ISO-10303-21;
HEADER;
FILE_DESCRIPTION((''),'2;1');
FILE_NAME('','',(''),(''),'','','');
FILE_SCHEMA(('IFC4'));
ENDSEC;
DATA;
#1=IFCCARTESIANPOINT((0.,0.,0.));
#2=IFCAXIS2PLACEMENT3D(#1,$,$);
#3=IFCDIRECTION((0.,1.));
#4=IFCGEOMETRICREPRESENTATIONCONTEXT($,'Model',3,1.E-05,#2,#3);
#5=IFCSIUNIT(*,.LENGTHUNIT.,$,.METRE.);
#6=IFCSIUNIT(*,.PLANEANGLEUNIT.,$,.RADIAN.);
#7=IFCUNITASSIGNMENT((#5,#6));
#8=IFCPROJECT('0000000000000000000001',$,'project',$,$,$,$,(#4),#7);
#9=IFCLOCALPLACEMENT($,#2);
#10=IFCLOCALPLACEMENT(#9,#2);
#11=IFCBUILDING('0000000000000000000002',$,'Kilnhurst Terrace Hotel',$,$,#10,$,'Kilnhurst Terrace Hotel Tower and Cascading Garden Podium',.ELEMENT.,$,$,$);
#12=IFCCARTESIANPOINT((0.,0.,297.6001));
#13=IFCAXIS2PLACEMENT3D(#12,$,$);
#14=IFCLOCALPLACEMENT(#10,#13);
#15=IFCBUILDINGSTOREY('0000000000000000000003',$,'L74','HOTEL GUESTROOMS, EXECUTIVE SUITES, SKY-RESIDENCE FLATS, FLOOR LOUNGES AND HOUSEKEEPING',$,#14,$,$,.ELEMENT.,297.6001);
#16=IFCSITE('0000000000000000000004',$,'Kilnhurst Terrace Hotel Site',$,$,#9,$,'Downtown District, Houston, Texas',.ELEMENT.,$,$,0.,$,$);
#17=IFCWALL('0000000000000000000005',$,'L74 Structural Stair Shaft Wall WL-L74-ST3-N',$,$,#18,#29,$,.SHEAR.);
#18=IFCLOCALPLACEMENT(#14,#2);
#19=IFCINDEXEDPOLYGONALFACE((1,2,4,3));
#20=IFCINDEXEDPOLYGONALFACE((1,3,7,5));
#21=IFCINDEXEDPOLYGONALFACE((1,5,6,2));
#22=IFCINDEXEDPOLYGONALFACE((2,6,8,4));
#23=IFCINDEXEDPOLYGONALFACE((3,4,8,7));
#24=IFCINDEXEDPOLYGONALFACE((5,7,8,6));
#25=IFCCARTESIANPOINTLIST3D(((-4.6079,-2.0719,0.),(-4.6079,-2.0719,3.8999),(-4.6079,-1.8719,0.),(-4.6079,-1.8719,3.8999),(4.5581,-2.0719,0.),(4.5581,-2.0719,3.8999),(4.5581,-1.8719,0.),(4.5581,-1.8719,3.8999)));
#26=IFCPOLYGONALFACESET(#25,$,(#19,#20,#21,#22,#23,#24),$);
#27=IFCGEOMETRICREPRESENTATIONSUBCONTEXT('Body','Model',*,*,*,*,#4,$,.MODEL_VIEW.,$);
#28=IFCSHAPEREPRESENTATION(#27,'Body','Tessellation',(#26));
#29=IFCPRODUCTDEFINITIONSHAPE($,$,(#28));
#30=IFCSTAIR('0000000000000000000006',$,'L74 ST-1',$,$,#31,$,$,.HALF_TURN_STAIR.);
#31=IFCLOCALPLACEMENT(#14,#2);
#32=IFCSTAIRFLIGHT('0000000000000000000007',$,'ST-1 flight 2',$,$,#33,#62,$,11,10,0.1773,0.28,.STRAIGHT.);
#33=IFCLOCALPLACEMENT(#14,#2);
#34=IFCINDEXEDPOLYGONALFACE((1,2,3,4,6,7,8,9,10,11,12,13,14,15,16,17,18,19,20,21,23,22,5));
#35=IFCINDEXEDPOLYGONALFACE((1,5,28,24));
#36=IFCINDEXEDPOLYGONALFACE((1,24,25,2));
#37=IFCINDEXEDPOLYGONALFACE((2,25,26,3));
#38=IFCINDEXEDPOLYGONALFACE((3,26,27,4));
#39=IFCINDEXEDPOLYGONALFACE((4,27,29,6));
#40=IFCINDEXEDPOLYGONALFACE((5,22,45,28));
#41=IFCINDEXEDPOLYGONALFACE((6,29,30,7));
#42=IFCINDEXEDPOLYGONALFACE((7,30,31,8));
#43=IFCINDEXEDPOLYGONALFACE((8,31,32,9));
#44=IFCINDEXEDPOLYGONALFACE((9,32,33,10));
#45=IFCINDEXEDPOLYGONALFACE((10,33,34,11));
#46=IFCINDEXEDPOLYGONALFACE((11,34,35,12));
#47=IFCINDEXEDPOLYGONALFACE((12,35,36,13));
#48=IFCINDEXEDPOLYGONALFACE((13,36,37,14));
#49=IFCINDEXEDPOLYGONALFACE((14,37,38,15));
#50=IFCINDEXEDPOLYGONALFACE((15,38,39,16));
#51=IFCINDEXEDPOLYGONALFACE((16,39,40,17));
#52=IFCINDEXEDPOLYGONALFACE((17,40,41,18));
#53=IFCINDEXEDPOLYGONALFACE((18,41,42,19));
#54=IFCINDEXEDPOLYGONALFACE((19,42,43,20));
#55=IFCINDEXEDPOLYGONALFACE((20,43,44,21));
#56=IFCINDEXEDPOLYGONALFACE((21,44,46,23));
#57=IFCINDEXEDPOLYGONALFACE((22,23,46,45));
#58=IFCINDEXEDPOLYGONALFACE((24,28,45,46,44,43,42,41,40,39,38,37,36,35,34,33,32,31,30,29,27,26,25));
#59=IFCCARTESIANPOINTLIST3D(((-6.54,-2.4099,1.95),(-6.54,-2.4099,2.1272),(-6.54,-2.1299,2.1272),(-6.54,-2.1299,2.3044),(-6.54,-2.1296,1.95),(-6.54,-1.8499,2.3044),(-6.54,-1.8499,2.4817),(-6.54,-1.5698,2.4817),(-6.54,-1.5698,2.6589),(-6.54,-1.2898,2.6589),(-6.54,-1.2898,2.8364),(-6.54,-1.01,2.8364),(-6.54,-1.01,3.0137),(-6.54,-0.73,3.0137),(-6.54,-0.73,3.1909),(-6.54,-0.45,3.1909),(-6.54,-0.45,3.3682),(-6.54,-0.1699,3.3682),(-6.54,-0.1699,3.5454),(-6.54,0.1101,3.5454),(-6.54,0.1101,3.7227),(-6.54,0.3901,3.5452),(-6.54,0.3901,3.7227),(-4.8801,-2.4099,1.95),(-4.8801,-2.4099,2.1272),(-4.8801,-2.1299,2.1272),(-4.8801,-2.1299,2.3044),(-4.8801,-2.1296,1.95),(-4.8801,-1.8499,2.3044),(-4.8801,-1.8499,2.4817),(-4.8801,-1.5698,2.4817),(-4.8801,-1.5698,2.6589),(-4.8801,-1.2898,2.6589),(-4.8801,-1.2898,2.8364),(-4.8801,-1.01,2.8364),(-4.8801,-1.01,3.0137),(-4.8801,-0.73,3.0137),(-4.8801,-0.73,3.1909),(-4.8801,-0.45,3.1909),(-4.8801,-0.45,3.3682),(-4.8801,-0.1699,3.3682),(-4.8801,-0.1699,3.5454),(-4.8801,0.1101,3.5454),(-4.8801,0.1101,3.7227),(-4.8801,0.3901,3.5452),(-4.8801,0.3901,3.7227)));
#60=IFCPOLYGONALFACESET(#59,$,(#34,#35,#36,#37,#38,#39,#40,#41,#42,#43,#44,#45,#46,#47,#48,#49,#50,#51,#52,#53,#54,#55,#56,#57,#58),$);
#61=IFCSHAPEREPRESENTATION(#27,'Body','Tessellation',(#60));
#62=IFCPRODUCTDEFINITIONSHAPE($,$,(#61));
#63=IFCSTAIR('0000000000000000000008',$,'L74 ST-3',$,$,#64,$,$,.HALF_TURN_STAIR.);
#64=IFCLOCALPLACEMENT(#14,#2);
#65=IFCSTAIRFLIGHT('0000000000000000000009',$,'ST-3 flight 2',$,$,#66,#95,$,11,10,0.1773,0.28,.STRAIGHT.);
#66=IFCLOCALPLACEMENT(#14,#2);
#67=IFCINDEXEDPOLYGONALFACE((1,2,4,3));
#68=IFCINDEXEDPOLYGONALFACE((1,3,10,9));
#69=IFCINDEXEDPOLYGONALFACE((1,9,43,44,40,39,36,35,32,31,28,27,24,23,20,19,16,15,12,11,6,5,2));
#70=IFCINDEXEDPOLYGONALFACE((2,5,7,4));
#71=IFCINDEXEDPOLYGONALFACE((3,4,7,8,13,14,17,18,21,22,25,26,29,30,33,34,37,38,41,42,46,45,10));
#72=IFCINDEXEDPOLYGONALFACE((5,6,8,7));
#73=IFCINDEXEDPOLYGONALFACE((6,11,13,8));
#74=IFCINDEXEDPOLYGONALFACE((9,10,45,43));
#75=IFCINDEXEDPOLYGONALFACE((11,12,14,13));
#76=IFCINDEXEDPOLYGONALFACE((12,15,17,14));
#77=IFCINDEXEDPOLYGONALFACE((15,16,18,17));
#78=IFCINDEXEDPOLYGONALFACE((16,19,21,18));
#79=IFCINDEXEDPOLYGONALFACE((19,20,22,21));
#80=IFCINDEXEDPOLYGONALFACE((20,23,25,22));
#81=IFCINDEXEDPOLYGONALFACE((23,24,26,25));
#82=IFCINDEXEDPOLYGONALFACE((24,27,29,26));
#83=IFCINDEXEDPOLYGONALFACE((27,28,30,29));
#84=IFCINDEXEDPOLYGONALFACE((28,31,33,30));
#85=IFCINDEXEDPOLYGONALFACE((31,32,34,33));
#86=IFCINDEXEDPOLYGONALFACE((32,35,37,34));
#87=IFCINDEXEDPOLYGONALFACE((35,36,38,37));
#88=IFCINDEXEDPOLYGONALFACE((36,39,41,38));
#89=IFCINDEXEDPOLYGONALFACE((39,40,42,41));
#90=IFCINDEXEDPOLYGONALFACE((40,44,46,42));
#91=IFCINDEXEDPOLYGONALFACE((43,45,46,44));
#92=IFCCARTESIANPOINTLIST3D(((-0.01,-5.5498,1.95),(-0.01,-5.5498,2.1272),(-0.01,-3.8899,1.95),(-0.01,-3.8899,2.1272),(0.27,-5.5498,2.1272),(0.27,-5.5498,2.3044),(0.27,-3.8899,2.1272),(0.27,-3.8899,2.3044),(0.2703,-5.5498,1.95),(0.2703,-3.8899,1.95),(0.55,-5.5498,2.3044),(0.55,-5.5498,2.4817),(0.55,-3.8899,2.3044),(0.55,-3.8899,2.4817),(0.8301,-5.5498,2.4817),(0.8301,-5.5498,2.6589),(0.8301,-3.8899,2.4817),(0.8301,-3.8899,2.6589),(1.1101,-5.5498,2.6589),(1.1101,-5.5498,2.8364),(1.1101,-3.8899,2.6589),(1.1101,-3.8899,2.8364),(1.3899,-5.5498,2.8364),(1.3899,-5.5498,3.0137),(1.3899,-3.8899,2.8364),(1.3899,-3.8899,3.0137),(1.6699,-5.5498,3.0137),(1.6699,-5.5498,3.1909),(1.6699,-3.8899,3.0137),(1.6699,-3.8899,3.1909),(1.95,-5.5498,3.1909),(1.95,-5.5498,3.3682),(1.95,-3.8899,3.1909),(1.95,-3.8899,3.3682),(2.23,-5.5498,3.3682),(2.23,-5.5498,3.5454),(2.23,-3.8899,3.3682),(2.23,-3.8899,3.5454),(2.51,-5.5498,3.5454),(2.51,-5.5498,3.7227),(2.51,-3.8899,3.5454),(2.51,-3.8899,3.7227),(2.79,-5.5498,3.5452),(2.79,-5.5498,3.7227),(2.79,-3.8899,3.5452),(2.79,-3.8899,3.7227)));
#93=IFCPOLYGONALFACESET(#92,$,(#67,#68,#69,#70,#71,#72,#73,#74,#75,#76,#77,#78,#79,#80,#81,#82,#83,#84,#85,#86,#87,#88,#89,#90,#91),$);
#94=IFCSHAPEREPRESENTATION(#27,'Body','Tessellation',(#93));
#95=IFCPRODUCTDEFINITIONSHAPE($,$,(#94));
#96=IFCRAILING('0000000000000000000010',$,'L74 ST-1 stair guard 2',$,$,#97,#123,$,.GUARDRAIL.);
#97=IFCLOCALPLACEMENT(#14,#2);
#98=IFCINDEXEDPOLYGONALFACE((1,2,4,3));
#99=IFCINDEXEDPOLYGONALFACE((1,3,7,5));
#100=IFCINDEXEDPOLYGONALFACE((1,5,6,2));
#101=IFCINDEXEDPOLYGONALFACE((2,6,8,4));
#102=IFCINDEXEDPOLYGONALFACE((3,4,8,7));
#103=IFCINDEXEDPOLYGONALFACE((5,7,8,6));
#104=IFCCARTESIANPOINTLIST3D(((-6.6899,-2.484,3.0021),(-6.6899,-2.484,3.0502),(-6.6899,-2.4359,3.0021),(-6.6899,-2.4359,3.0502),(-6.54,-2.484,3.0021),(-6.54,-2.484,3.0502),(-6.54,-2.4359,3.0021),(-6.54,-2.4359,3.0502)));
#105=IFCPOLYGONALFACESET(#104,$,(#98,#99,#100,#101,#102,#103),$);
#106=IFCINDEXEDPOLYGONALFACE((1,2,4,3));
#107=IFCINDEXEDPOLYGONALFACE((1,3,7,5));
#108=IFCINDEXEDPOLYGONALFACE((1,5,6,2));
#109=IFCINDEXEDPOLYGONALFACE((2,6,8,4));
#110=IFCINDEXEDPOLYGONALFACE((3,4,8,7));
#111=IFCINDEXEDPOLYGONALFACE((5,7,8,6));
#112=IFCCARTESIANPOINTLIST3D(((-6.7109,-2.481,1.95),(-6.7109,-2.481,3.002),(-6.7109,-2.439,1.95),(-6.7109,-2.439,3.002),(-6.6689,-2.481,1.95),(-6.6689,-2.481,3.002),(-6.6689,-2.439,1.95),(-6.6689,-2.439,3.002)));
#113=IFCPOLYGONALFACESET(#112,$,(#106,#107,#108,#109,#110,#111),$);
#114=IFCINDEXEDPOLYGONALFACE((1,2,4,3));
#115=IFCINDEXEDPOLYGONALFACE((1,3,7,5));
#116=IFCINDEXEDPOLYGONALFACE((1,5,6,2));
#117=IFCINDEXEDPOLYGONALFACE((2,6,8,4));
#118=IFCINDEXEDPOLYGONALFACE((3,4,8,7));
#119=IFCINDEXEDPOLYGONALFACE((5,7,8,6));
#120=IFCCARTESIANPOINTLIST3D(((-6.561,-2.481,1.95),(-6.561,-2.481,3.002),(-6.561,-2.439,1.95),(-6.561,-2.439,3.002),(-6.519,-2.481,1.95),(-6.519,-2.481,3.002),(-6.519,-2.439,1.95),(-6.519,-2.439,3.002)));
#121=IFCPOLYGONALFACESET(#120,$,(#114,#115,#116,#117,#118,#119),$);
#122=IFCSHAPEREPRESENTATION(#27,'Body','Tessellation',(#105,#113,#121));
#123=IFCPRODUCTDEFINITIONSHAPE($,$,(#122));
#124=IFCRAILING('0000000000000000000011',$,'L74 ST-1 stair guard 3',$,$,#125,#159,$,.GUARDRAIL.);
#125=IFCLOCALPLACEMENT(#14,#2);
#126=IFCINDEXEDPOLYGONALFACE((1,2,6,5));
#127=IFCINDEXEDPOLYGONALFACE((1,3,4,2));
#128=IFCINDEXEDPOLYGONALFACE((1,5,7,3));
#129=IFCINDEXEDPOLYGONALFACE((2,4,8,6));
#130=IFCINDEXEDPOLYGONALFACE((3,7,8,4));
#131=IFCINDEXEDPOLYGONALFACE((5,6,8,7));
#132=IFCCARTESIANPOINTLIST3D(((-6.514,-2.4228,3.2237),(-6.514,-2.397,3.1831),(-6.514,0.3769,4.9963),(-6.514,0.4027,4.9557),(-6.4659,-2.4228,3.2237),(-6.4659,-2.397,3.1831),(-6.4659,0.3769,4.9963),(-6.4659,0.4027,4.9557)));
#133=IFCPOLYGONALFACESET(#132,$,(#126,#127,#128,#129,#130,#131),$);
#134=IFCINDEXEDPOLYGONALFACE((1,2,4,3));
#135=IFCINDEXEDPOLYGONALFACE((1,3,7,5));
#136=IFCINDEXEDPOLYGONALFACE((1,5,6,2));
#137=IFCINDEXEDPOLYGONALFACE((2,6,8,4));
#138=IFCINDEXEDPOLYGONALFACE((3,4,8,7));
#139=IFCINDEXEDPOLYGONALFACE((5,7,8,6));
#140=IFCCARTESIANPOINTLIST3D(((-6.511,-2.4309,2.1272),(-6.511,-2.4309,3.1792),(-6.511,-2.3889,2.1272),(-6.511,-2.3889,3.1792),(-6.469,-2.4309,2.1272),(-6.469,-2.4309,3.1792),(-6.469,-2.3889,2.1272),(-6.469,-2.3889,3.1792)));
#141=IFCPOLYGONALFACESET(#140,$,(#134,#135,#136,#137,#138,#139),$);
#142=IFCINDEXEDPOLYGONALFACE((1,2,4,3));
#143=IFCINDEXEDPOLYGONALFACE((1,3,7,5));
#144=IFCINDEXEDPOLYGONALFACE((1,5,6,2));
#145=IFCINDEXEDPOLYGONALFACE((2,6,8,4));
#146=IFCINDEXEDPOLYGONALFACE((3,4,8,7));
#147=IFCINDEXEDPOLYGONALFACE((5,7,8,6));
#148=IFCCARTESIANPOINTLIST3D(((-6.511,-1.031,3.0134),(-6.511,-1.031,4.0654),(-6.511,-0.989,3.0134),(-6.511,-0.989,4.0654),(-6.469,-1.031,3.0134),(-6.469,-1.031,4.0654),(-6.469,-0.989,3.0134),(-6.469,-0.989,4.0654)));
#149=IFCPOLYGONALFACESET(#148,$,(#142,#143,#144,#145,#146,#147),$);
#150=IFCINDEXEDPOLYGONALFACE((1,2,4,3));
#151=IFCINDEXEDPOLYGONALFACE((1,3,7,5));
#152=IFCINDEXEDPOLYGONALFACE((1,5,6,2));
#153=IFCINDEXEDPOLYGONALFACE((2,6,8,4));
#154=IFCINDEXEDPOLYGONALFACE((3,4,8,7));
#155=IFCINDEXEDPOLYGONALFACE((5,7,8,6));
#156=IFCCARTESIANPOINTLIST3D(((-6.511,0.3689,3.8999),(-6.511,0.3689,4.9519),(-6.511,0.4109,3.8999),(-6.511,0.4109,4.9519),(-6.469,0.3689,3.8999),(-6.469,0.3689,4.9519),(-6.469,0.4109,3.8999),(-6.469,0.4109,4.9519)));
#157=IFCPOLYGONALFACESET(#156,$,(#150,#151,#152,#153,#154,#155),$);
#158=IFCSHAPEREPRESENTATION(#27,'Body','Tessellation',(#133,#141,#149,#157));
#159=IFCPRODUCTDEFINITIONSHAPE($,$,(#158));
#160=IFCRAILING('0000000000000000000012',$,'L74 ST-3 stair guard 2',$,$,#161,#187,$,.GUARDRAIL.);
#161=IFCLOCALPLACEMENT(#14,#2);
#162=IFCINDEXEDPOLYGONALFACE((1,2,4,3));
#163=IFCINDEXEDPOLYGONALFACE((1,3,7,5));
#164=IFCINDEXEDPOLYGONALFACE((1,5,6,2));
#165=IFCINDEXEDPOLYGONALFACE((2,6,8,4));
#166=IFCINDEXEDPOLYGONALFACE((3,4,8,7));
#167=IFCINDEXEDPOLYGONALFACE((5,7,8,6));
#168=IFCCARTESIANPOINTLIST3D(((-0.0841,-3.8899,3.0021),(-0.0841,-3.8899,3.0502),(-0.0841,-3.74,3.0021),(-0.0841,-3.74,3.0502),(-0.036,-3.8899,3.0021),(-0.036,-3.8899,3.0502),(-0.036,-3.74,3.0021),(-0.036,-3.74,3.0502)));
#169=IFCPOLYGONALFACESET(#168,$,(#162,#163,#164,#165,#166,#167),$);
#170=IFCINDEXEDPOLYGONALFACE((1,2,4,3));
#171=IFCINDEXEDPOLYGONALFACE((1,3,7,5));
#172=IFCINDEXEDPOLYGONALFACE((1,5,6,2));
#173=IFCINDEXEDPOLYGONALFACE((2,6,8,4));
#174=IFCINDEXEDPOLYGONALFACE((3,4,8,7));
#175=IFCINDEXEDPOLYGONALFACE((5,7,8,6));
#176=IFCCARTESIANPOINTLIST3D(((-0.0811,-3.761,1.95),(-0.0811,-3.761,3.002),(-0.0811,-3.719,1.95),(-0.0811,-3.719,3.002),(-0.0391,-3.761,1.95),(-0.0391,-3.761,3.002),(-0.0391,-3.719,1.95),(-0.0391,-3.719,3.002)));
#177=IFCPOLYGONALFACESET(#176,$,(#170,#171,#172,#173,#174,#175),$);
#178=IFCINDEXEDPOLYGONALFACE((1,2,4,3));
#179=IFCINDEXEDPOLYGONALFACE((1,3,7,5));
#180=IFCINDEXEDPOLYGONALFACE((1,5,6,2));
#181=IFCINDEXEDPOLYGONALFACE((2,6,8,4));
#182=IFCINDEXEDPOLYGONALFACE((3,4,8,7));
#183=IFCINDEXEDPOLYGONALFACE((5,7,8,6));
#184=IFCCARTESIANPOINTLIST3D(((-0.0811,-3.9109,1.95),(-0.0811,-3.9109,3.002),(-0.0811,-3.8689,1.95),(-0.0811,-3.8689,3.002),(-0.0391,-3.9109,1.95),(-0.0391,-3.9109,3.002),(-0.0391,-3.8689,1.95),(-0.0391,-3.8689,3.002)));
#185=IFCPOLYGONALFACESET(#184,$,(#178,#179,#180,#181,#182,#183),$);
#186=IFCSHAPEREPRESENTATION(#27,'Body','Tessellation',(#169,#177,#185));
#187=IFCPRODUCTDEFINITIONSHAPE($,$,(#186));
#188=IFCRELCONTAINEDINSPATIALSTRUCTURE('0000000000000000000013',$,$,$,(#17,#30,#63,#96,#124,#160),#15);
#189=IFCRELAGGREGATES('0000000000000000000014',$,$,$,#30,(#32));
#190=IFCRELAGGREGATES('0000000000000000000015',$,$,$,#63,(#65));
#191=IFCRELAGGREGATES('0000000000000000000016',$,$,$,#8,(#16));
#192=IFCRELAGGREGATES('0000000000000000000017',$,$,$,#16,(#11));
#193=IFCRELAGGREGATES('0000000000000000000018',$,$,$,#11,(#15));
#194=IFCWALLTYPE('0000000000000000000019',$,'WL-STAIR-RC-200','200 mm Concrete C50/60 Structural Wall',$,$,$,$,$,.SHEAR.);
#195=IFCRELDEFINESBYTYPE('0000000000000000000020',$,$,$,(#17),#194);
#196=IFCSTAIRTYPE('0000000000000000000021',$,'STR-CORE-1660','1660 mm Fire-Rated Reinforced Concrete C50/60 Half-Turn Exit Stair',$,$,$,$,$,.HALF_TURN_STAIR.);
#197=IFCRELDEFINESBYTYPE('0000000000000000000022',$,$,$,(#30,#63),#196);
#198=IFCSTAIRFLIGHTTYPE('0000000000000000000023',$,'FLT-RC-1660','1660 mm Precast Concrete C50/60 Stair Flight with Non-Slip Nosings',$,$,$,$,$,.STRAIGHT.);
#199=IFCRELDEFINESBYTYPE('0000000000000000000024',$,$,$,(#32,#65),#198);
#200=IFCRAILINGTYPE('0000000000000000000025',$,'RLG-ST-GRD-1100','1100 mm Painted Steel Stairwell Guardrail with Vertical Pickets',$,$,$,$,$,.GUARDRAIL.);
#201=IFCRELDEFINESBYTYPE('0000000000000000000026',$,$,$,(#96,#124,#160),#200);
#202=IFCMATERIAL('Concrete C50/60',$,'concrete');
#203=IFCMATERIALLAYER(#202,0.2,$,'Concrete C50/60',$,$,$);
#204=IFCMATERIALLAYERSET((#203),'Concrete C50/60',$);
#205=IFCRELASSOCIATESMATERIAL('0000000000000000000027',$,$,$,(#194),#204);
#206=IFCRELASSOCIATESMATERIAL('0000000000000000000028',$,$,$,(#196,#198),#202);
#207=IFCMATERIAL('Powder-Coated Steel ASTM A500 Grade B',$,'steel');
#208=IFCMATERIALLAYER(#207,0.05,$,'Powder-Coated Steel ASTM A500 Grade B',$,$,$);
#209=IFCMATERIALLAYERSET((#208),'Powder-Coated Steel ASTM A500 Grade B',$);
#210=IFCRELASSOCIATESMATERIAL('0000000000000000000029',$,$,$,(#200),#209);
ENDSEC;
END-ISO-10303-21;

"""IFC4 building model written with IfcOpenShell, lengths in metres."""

from ifc_helpers import new_model, si_unit, direction, frame, frame_2d, origin, origin_2d, place, context, subcontext, project, spatial, polyline, rectangle, outline, extrude, material, layer, layer_set, type_object, element, aggregate, save


model = new_model("IFC4")

# Units and contexts
model_context = context("Model", 3, precision=1e-05, world=origin(), true_north=direction((0.0, 1.0)))
body_context = subcontext(model_context, "Body", "Model", "MODEL_VIEW")
ifc_project = project(units=[si_unit("LENGTHUNIT", "METRE"), si_unit("PLANEANGLEUNIT", "RADIAN")], contexts=[model_context])

# Site, building, storey
site_placement = place(None, origin())
site = spatial("IfcSite", under=ifc_project, at=site_placement, Name="Kilnhurst Terrace Hotel Site", LongName="Downtown District, Houston, Texas", CompositionType="ELEMENT", RefElevation=0.0)
building_placement = place(site_placement, origin())
building = spatial("IfcBuilding", under=site, at=building_placement, Name="Kilnhurst Terrace Hotel", LongName="Kilnhurst Terrace Hotel Tower and Cascading Garden Podium", CompositionType="ELEMENT")
storey_placement = place(building_placement, frame((0.0, 0.0, 297.6001)))
storey = spatial("IfcBuildingStorey", under=building, at=storey_placement, Name="L74", Description="HOTEL GUESTROOMS, EXECUTIVE SUITES, SKY-RESIDENCE FLATS, FLOOR LOUNGES AND HOUSEKEEPING", CompositionType="ELEMENT", Elevation=297.6001)

# Shared definitions
ifc_material_1 = material(Name="Concrete C50/60", Category="concrete")

# Shared definitions
ifc_layer_1 = layer(ifc_material_1, 0.2, Name="Concrete C50/60")
ifc_layer_set_1 = layer_set([ifc_layer_1], Name="Concrete C50/60")
wall_type_1 = type_object("IfcWallType", Name="WL-STAIR-RC-200", Description="200 mm Concrete C50/60 Structural Wall", PredefinedType="SHEAR", material=ifc_layer_set_1)

# Wall
wall_1_placement = place(storey_placement, frame((-4.6079, -1.9719, 0.0), z_axis=(0.0, 0.0, 1.0), x_axis=(1.0, 0.0, 0.0)))
element("IfcWall", 1, at=wall_1_placement, inside=storey, type_object=wall_type_1, Name="L74 Structural Stair Shaft Wall WL-L74-ST3-N", PredefinedType="SHEAR", context=body_context, shape_type="SweptSolid", body=[
    extrude(rectangle(XDim=9.166, YDim=0.2, at=frame_2d((4.583, 0.0))), origin(), (0.0, 0.0, 1.0), 3.8999),
])

# Stairs, stair flights
stair_type = type_object("IfcStairType", Name="STR-CORE-1660", Description="1660 mm Fire-Rated Reinforced Concrete C50/60 Half-Turn Exit Stair", PredefinedType="HALF_TURN_STAIR", material=ifc_material_1)
stair_1_placement = place(storey_placement, origin())
stair_1 = element("IfcStair", 2, at=stair_1_placement, inside=storey, type_object=stair_type, Name="L74 ST-1", PredefinedType="HALF_TURN_STAIR")
stair_flight_type = type_object("IfcStairFlightType", Name="FLT-RC-1660", Description="1660 mm Precast Concrete C50/60 Stair Flight with Non-Slip Nosings", PredefinedType="STRAIGHT", material=ifc_material_1)
stair_flight_1_placement = place(storey_placement, frame((-5.71, -2.4099, 1.95), z_axis=(0.0, 0.0, 1.0), x_axis=(0.0, 1.0, 0.0)))
stair_flight_1 = element("IfcStairFlight", 3, at=stair_flight_1_placement, type_object=stair_flight_type, Name="ST-1 flight 2", NumberOfRisers=11, NumberOfTreads=10, PredefinedType="STRAIGHT", RiserHeight=0.1773, TreadLength=0.28, context=body_context, shape_type="SweptSolid", body=[
    extrude(outline(polyline([(0.0, 0.0), (0.0, 0.1772), (0.28, 0.1772), (0.28, 0.3545), (0.5601, 0.3545), (0.5601, 0.5317), (0.8401, 0.5317), (0.8401, 0.709), (1.1201, 0.709), (1.1201, 0.8865), (1.3999, 0.8865), (1.3999, 1.0637), (1.6799, 1.0637), (1.6799, 1.241), (1.96, 1.241), (1.96, 1.4182), (2.24, 1.4182), (2.24, 1.5955), (2.52, 1.5955), (2.52, 1.7727), (2.8, 1.7727), (2.8, 1.95), (2.8, 1.5952), (0.2803, 0.0), (0.0, 0.0)])), frame((0.0, 0.8301, 0.0), z_axis=(0.0, -1.0, 0.0), x_axis=(1.0, 0.0, 0.0)), (0.0, 0.0, 1.0), 1.6599),
])
aggregate(stair_1, [stair_flight_1])
stair_2_placement = place(storey_placement, origin())
stair_2 = element("IfcStair", 4, at=stair_2_placement, inside=storey, type_object=stair_type, Name="L74 ST-3", PredefinedType="HALF_TURN_STAIR")
stair_flight_2_placement = place(storey_placement, frame((-0.01, -4.72, 1.95), z_axis=(0.0, 0.0, 1.0), x_axis=(1.0, 0.0, 0.0)))
stair_flight_2 = element("IfcStairFlight", 5, at=stair_flight_2_placement, type_object=stair_flight_type, Name="ST-3 flight 2", NumberOfRisers=11, NumberOfTreads=10, PredefinedType="STRAIGHT", RiserHeight=0.1773, TreadLength=0.28, context=body_context, shape_type="SweptSolid", body=[
    extrude(outline(polyline([(0.0, 0.0), (0.0, 0.1772), (0.28, 0.1772), (0.28, 0.3545), (0.5601, 0.3545), (0.5601, 0.5317), (0.8401, 0.5317), (0.8401, 0.709), (1.1201, 0.709), (1.1201, 0.8865), (1.3999, 0.8865), (1.3999, 1.0637), (1.6799, 1.0637), (1.6799, 1.241), (1.96, 1.241), (1.96, 1.4182), (2.24, 1.4182), (2.24, 1.5955), (2.52, 1.5955), (2.52, 1.7727), (2.8, 1.7727), (2.8, 1.95), (2.8, 1.5952), (0.2803, 0.0), (0.0, 0.0)])), frame((0.0, 0.8301, 0.0), z_axis=(0.0, -1.0, 0.0), x_axis=(1.0, 0.0, 0.0)), (0.0, 0.0, 1.0), 1.6599),
])
aggregate(stair_2, [stair_flight_2])

# Railings
ifc_material_2 = material(Name="Powder-Coated Steel ASTM A500 Grade B", Category="steel")
ifc_layer_2 = layer(ifc_material_2, 0.05, Name="Powder-Coated Steel ASTM A500 Grade B")
ifc_layer_set_2 = layer_set([ifc_layer_2], Name="Powder-Coated Steel ASTM A500 Grade B")
railing_type_1 = type_object("IfcRailingType", Name="RLG-ST-GRD-1100", Description="1100 mm Painted Steel Stairwell Guardrail with Vertical Pickets", PredefinedType="GUARDRAIL", material=ifc_layer_set_2)
railing_1_placement = place(storey_placement, frame((-6.6899, -2.46, 1.95)))
element("IfcRailing", 6, at=railing_1_placement, inside=storey, type_object=railing_type_1, Name="L74 ST-1 stair guard 2", PredefinedType="GUARDRAIL", context=body_context, shape_type="SweptSolid", body=[
    extrude(rectangle(XDim=0.0481, YDim=0.0481, at=origin_2d()), frame((0.0, 0.0, 1.0762), z_axis=(1.0, 0.0, 0.0), x_axis=(0.0, 1.0, 0.0)), (0.0, 0.0, 1.0), 0.1499),
    extrude(rectangle(XDim=0.042, YDim=0.042, at=origin_2d()), origin(), (0.0, 0.0, 1.0), 1.052),
    extrude(rectangle(XDim=0.042, YDim=0.042, at=origin_2d()), frame((0.1499, 0.0, 0.0)), (0.0, 0.0, 1.0), 1.052),
])
railing_2_placement = place(storey_placement, frame((-6.49, -2.4099, 2.1272)))
element("IfcRailing", 7, at=railing_2_placement, inside=storey, type_object=railing_type_1, Name="L74 ST-1 stair guard 3", PredefinedType="GUARDRAIL", context=body_context, shape_type="SweptSolid", body=[
    extrude(rectangle(XDim=0.0481, YDim=0.0481, at=origin_2d()), frame((0.0, 0.0, 1.0762), z_axis=(0.0, 0.844888, 0.534943), x_axis=(-1.0, 0.0, 0.0)), (0.0, 0.0, 1.0), 3.3137),
    extrude(rectangle(XDim=0.042, YDim=0.042, at=origin_2d()), origin(), (0.0, 0.0, 1.0), 1.052),
    extrude(rectangle(XDim=0.042, YDim=0.042, at=origin_2d()), frame((0.0, 1.3999, 0.8862)), (0.0, 0.0, 1.0), 1.052),
    extrude(rectangle(XDim=0.042, YDim=0.042, at=origin_2d()), frame((0.0, 2.7998, 1.7727)), (0.0, 0.0, 1.0), 1.052),
])
railing_3_placement = place(storey_placement, frame((-0.0601, -3.74, 1.95)))
element("IfcRailing", 8, at=railing_3_placement, inside=storey, type_object=railing_type_1, Name="L74 ST-3 stair guard 2", PredefinedType="GUARDRAIL", context=body_context, shape_type="SweptSolid", body=[
    extrude(rectangle(XDim=0.0481, YDim=0.0481, at=origin_2d()), frame((0.0, 0.0, 1.0762), z_axis=(0.0, -1.0, 0.0), x_axis=(1.0, 0.0, 0.0)), (0.0, 0.0, 1.0), 0.1499),
    extrude(rectangle(XDim=0.042, YDim=0.042, at=origin_2d()), origin(), (0.0, 0.0, 1.0), 1.052),
    extrude(rectangle(XDim=0.042, YDim=0.042, at=origin_2d()), frame((0.0, -0.1499, 0.0)), (0.0, 0.0, 1.0), 1.052),
])

save(model, "model.ifc")
